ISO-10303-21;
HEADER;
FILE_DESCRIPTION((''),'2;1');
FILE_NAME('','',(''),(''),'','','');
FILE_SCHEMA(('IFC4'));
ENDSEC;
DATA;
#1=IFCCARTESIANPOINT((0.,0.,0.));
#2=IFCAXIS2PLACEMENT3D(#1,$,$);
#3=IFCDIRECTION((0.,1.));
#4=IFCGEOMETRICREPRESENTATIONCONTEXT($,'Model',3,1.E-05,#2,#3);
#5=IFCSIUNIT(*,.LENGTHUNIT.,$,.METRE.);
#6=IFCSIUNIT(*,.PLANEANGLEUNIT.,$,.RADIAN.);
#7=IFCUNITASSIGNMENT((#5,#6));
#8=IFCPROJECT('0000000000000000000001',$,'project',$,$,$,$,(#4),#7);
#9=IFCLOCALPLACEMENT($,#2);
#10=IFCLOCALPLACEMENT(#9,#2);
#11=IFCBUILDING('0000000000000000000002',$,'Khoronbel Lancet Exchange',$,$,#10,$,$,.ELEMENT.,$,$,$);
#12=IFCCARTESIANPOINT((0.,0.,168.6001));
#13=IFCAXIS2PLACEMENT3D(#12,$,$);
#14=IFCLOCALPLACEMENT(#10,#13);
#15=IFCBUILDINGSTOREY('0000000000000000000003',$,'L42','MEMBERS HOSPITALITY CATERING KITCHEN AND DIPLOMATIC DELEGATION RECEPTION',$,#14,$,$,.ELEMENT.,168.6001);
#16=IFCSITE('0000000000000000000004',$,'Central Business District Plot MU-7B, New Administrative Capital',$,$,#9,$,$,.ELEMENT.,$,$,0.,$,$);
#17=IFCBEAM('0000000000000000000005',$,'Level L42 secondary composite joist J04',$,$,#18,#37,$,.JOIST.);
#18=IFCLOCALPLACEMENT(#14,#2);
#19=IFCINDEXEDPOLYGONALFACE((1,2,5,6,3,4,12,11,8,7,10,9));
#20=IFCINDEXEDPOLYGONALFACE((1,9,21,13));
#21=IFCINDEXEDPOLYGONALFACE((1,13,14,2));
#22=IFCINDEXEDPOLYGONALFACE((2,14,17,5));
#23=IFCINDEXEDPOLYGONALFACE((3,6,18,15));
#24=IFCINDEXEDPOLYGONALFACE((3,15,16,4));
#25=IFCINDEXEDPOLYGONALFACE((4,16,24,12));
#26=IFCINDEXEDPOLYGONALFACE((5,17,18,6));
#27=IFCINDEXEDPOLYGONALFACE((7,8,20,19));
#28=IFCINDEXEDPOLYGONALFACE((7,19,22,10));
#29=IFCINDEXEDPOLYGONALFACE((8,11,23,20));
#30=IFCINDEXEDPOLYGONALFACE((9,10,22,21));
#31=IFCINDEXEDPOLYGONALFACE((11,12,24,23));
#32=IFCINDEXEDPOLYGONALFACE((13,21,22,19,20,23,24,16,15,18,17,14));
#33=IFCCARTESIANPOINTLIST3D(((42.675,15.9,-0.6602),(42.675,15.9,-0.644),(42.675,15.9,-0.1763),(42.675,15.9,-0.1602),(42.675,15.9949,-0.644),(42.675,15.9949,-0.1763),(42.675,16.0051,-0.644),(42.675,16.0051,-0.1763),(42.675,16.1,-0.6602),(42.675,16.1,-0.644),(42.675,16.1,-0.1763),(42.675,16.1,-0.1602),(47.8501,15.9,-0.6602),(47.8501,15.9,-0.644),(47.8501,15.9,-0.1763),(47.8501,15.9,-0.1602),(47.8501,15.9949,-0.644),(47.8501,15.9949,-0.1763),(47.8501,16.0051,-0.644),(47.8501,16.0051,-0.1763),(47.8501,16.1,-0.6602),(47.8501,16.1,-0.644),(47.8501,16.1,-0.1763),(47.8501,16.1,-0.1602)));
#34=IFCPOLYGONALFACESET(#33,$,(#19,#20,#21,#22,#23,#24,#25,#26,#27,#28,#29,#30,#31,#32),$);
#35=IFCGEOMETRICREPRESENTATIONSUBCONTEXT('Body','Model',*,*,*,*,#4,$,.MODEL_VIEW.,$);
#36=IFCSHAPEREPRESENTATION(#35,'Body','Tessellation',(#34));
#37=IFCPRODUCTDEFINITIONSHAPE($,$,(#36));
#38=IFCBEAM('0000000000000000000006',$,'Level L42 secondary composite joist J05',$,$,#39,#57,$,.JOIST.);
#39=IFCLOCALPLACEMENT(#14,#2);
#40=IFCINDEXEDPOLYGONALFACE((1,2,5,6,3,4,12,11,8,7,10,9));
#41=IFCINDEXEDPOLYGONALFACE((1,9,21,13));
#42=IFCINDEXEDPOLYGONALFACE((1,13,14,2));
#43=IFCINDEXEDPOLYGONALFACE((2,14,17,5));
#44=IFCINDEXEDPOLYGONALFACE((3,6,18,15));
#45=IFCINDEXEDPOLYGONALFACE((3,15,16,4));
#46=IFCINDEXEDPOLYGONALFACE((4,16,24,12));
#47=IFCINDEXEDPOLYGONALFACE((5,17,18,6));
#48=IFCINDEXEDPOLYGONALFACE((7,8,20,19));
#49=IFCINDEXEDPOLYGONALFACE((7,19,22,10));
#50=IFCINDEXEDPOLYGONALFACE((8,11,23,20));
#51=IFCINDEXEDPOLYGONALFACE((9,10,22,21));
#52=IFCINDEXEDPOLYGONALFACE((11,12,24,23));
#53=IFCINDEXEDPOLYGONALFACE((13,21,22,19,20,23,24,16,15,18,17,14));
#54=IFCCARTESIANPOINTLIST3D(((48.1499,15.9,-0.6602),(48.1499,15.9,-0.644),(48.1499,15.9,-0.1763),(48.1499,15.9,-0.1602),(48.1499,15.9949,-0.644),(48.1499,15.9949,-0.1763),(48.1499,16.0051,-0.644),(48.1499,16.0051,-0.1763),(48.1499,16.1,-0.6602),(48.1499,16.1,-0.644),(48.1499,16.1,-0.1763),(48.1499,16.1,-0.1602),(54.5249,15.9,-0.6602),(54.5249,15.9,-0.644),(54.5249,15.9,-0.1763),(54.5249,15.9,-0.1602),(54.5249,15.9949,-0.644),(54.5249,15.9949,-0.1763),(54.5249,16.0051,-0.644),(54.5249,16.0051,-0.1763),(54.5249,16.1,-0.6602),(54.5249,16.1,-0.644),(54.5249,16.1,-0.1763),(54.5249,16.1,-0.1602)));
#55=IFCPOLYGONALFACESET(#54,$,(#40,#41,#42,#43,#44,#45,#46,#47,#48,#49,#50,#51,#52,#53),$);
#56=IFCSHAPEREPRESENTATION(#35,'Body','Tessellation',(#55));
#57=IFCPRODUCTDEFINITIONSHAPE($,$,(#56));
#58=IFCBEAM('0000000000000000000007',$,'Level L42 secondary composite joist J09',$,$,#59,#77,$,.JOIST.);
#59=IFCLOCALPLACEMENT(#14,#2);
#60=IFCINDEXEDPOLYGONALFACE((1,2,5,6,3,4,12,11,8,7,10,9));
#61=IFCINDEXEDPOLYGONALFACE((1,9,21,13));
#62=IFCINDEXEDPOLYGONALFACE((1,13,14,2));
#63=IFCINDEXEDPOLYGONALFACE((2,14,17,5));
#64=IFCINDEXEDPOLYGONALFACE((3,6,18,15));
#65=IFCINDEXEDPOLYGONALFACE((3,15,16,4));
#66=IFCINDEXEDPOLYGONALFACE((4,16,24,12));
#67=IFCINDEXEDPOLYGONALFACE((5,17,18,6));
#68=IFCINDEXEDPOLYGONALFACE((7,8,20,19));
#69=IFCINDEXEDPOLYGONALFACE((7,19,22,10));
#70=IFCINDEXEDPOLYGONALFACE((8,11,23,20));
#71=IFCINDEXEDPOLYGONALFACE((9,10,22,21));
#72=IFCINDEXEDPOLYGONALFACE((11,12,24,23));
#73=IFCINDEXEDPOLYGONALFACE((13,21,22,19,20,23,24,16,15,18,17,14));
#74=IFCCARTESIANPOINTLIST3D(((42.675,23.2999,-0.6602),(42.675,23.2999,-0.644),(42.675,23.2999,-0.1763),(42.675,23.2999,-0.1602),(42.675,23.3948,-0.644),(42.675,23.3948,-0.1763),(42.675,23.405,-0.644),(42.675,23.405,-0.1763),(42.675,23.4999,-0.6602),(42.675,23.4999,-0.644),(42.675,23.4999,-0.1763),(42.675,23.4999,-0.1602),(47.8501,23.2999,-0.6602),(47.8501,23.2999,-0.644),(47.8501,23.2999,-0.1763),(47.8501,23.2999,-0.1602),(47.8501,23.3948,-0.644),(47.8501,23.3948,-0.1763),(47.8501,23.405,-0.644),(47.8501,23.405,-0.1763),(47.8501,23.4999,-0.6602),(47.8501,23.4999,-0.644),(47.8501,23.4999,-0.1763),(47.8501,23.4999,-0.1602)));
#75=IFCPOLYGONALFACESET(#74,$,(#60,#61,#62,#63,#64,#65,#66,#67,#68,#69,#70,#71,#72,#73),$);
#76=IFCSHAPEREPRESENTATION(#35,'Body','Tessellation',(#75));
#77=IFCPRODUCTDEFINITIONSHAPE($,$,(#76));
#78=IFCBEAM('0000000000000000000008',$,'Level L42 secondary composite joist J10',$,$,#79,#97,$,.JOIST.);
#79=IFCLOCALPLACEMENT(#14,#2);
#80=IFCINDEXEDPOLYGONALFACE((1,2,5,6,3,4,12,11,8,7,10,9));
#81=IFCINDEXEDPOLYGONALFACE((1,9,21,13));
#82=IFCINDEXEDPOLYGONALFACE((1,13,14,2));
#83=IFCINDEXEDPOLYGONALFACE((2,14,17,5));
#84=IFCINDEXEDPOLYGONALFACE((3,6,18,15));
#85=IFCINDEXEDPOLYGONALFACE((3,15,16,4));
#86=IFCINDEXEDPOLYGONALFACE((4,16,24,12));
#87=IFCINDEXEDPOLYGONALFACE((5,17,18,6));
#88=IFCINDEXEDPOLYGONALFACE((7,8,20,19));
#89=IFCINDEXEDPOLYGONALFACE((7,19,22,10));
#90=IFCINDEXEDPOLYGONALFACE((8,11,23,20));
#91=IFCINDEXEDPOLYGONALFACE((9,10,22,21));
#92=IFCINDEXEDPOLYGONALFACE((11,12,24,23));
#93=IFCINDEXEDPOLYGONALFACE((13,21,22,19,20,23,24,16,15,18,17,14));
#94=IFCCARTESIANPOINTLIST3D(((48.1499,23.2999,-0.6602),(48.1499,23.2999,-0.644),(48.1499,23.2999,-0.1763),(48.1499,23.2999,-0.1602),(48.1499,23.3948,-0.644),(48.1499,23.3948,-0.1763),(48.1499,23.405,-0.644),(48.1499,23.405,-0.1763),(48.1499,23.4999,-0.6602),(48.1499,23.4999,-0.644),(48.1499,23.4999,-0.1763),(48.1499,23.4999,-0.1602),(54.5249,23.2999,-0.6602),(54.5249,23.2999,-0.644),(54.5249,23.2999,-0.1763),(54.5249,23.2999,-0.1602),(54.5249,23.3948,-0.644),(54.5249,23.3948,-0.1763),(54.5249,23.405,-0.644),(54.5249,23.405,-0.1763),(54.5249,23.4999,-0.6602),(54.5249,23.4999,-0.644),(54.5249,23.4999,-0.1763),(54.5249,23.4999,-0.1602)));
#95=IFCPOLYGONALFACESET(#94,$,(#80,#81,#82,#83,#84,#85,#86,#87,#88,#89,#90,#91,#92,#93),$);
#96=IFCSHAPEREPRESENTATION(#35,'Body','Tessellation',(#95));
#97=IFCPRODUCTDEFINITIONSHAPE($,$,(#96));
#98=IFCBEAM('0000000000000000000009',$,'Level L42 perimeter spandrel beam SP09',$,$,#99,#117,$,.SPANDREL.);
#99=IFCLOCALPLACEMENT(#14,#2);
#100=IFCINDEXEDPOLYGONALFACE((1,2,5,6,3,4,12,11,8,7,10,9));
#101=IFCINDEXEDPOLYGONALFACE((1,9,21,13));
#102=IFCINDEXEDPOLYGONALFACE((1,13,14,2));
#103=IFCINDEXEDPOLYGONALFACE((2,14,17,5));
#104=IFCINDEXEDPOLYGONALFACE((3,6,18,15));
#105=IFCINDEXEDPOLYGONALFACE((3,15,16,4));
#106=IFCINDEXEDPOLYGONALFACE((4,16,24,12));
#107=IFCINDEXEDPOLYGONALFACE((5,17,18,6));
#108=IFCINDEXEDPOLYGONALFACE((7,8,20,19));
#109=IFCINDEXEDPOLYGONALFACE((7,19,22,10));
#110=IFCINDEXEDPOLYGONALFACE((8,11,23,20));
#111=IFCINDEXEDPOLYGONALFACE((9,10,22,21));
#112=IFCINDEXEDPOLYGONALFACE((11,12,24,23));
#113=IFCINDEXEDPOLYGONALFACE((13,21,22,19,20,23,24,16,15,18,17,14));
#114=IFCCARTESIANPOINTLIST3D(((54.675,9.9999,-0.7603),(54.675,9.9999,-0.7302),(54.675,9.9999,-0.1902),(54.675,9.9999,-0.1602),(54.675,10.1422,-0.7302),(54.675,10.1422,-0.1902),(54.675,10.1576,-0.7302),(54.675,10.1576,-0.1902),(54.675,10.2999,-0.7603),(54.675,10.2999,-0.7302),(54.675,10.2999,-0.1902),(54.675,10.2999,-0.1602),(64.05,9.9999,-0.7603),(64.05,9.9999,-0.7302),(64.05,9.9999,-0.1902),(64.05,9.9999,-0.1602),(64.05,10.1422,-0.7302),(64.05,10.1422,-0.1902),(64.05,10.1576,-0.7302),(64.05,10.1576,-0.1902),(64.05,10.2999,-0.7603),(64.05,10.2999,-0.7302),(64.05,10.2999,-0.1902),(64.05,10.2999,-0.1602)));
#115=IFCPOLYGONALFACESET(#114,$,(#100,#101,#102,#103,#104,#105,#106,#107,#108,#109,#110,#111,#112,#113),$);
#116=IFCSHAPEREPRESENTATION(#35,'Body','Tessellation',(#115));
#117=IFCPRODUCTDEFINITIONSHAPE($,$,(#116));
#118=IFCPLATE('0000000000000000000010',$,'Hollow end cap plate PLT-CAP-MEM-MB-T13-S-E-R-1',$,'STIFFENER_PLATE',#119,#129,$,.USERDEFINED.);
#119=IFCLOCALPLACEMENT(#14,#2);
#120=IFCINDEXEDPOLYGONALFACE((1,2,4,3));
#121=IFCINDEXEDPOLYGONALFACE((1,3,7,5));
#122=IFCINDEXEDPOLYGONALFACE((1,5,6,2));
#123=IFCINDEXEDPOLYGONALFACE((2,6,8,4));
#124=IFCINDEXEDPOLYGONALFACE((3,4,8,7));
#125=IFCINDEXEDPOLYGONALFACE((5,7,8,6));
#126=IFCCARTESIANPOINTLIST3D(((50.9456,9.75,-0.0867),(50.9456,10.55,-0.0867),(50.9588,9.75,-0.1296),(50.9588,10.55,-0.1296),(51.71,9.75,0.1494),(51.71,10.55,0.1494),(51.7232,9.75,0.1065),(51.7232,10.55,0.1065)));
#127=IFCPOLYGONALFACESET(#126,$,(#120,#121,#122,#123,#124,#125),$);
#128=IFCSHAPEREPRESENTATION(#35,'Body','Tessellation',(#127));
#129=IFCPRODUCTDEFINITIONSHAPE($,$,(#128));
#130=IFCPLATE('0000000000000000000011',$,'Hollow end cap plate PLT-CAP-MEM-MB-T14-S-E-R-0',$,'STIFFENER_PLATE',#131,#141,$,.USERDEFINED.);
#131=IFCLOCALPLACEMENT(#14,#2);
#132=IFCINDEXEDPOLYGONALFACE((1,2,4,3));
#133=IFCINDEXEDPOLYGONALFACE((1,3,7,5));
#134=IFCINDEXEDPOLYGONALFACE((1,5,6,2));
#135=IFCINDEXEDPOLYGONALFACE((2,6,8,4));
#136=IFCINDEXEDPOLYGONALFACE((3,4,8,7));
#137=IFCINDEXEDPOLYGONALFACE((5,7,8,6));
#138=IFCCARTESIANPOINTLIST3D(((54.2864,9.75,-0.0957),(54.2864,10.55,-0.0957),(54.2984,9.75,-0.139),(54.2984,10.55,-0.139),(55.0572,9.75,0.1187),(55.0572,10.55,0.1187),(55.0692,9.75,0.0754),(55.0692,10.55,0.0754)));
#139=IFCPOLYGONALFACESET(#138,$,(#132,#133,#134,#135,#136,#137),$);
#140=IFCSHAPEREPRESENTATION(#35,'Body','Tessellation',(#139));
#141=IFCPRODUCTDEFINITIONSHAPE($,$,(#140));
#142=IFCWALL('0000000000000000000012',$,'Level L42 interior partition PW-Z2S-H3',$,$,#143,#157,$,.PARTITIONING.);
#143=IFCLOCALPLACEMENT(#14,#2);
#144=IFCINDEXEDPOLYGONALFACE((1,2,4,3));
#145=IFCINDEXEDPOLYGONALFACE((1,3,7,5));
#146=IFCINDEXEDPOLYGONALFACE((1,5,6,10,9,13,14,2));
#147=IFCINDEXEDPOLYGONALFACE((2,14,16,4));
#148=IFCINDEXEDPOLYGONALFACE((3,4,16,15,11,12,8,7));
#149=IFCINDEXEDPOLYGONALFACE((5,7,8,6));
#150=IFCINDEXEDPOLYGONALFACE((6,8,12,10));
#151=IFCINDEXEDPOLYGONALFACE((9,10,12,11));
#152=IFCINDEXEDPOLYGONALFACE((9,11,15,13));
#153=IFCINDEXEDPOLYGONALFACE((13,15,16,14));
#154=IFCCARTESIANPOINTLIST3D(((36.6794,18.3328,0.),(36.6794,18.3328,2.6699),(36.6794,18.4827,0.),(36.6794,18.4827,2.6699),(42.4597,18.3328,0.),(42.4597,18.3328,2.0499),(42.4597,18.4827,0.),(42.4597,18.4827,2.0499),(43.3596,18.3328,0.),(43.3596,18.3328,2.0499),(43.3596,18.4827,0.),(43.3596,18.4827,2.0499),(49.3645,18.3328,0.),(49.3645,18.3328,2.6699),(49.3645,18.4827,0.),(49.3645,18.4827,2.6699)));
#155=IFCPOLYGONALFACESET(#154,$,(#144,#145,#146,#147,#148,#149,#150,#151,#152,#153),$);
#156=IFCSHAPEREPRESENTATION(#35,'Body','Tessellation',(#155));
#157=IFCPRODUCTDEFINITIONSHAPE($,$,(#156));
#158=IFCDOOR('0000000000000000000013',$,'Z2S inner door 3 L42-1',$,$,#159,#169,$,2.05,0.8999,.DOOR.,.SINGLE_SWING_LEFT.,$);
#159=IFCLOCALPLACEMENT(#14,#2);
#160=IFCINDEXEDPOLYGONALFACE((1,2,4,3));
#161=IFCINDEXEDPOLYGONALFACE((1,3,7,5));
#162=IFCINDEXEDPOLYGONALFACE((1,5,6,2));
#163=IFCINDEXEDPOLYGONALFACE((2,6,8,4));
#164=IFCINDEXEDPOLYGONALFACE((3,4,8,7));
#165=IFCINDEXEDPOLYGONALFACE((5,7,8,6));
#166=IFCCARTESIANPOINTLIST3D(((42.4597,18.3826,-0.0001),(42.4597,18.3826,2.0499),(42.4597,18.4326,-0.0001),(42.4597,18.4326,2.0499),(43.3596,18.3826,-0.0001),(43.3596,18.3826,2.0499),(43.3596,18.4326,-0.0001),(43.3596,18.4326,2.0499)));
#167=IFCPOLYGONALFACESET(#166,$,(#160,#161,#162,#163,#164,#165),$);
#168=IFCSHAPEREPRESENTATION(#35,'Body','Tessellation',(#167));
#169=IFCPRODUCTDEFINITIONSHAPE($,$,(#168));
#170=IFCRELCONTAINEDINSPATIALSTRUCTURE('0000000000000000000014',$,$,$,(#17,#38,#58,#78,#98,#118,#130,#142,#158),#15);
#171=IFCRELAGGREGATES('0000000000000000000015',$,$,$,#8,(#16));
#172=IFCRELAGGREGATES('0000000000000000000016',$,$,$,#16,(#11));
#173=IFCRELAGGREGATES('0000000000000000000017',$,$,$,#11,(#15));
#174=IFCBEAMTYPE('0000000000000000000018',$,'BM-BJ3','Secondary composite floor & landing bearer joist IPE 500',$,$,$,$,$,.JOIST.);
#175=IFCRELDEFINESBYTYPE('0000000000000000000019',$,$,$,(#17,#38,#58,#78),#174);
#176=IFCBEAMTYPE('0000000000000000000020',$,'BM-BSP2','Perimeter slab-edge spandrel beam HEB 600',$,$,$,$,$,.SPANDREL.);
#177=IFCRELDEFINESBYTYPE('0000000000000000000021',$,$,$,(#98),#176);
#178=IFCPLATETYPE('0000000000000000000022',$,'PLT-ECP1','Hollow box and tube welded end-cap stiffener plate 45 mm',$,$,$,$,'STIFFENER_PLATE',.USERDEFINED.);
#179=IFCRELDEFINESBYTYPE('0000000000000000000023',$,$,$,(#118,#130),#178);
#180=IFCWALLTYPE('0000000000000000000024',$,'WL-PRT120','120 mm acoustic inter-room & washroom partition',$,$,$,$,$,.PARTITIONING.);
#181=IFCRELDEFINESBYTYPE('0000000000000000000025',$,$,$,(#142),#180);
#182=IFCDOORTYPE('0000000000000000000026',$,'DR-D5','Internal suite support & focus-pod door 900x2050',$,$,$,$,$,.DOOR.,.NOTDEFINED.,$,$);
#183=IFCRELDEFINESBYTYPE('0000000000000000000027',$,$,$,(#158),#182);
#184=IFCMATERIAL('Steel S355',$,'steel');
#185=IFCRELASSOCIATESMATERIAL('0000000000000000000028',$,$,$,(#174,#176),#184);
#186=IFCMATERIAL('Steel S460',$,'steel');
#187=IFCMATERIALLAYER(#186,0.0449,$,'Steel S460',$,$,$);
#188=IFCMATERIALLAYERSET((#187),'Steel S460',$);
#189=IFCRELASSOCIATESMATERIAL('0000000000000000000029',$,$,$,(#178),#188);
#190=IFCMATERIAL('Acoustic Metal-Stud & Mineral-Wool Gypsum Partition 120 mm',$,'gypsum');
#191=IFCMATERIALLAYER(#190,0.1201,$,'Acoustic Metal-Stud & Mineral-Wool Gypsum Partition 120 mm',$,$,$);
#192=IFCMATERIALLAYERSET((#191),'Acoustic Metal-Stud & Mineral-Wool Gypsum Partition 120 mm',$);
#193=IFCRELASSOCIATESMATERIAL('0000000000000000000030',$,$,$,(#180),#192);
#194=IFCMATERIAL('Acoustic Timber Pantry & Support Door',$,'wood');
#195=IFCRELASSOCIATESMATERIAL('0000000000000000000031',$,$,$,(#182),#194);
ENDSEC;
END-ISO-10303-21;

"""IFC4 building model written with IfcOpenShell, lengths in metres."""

from ifc_helpers import new_model, si_unit, direction, frame, frame_2d, origin, origin_2d, place, context, subcontext, project, spatial, polyline, rectangle, i_section, outline, extrude, material, layer, layer_set, material_profile, profile_set, type_object, element, fill, save


model = new_model("IFC4")

# Units and contexts
model_context = context("Model", 3, precision=1e-05, world=origin(), true_north=direction((0.0, 1.0)))
body_context = subcontext(model_context, "Body", "Model", "MODEL_VIEW")
ifc_project = project(units=[si_unit("LENGTHUNIT", "METRE"), si_unit("PLANEANGLEUNIT", "RADIAN")], contexts=[model_context])

# Site, building, storey
site_placement = place(None, origin())
site = spatial("IfcSite", under=ifc_project, at=site_placement, Name="Central Business District Plot MU-7B, New Administrative Capital", CompositionType="ELEMENT", RefElevation=0.0)
building_placement = place(site_placement, origin())
building = spatial("IfcBuilding", under=site, at=building_placement, Name="Khoronbel Lancet Exchange", CompositionType="ELEMENT")
storey_placement = place(building_placement, frame((0.0, 0.0, 168.6001)))
storey = spatial("IfcBuildingStorey", under=building, at=storey_placement, Name="L42", Description="MEMBERS HOSPITALITY CATERING KITCHEN AND DIPLOMATIC DELEGATION RECEPTION", CompositionType="ELEMENT", Elevation=168.6001)

# Beams
ifc_material_1 = material(Name="Steel S355", Category="steel")
ifc_material_profile_1 = material_profile(ifc_material_1, i_section(OverallWidth=0.2, OverallDepth=0.5, WebThickness=0.0103, FlangeThickness=0.0161, at=origin_2d()), Name="IPE 500")
ifc_profile_set_1 = profile_set([ifc_material_profile_1], Name="Steel S355")
beam_type_1 = type_object("IfcBeamType", Name="BM-BJ3", Description="Secondary composite floor & landing bearer joist IPE 500", PredefinedType="JOIST", material=ifc_profile_set_1)
beam_1_placement = place(storey_placement, frame((42.675, 16.0, -0.4102), z_axis=(1.0, 0.0, 0.0), x_axis=(0.0, 1.0, 0.0)))
element("IfcBeam", 1, at=beam_1_placement, inside=storey, type_object=beam_type_1, Name="Level L42 secondary composite joist J04", PredefinedType="JOIST", context=body_context, shape_type="SweptSolid", body=[
    extrude(i_section(OverallWidth=0.2, OverallDepth=0.5, WebThickness=0.0103, FlangeThickness=0.0161, at=origin_2d()), origin(), (0.0, 0.0, 1.0), 5.175),
])
beam_2_placement = place(storey_placement, frame((48.1499, 16.0, -0.4102), z_axis=(1.0, 0.0, 0.0), x_axis=(0.0, 1.0, 0.0)))
element("IfcBeam", 2, at=beam_2_placement, inside=storey, type_object=beam_type_1, Name="Level L42 secondary composite joist J05", PredefinedType="JOIST", context=body_context, shape_type="SweptSolid", body=[
    extrude(i_section(OverallWidth=0.2, OverallDepth=0.5, WebThickness=0.0103, FlangeThickness=0.0161, at=origin_2d()), origin(), (0.0, 0.0, 1.0), 6.375),
])
beam_3_placement = place(storey_placement, frame((42.675, 23.3999, -0.4102), z_axis=(1.0, 0.0, 0.0), x_axis=(0.0, 1.0, 0.0)))
element("IfcBeam", 3, at=beam_3_placement, inside=storey, type_object=beam_type_1, Name="Level L42 secondary composite joist J09", PredefinedType="JOIST", context=body_context, shape_type="SweptSolid", body=[
    extrude(i_section(OverallWidth=0.2, OverallDepth=0.5, WebThickness=0.0103, FlangeThickness=0.0161, at=origin_2d()), origin(), (0.0, 0.0, 1.0), 5.175),
])
beam_4_placement = place(storey_placement, frame((48.1499, 23.3999, -0.4102), z_axis=(1.0, 0.0, 0.0), x_axis=(0.0, 1.0, 0.0)))
element("IfcBeam", 4, at=beam_4_placement, inside=storey, type_object=beam_type_1, Name="Level L42 secondary composite joist J10", PredefinedType="JOIST", context=body_context, shape_type="SweptSolid", body=[
    extrude(i_section(OverallWidth=0.2, OverallDepth=0.5, WebThickness=0.0103, FlangeThickness=0.0161, at=origin_2d()), origin(), (0.0, 0.0, 1.0), 6.375),
])
ifc_material_profile_2 = material_profile(ifc_material_1, i_section(OverallWidth=0.3, OverallDepth=0.6001, WebThickness=0.0154, FlangeThickness=0.03, at=origin_2d()), Name="HEB 600")
ifc_profile_set_2 = profile_set([ifc_material_profile_2], Name="Steel S355")
beam_type_2 = type_object("IfcBeamType", Name="BM-BSP2", Description="Perimeter slab-edge spandrel beam HEB 600", PredefinedType="SPANDREL", material=ifc_profile_set_2)
beam_5_placement = place(storey_placement, frame((54.675, 10.1499, -0.4602), z_axis=(1.0, 0.0, 0.0), x_axis=(0.0, 1.0, 0.0)))
element("IfcBeam", 5, at=beam_5_placement, inside=storey, type_object=beam_type_2, Name="Level L42 perimeter spandrel beam SP09", PredefinedType="SPANDREL", context=body_context, shape_type="SweptSolid", body=[
    extrude(i_section(OverallWidth=0.3, OverallDepth=0.6001, WebThickness=0.0154, FlangeThickness=0.03, at=origin_2d()), origin(), (0.0, 0.0, 1.0), 9.375),
])

# Plates
ifc_material_2 = material(Name="Steel S460", Category="steel")
ifc_layer_1 = layer(ifc_material_2, 0.0449, Name="Steel S460")
ifc_layer_set_1 = layer_set([ifc_layer_1], Name="Steel S460")
plate_type = type_object("IfcPlateType", Name="PLT-ECP1", Description="Hollow box and tube welded end-cap stiffener plate 45 mm", ElementType="STIFFENER_PLATE", PredefinedType="USERDEFINED", material=ifc_layer_set_1)
for number, where, z_axis, x_axis, name in (
    (6, (50.9456, 10.55, -0.0867), (-0.295094, 0.0, 0.955468), (0.0, -1.0, 0.0), "Hollow end cap plate PLT-CAP-MEM-MB-T13-S-E-R-1"),
    (7, (54.2864, 10.55, -0.0957), (-0.267943, 0.0, 0.963435), (0.0, -1.0, 0.0), "Hollow end cap plate PLT-CAP-MEM-MB-T14-S-E-R-0"),
):
    element("IfcPlate", number, at=place(storey_placement, frame(where, z_axis=z_axis, x_axis=x_axis)), inside=storey, type_object=plate_type, Name=name, ObjectType="STIFFENER_PLATE", PredefinedType="USERDEFINED", context=body_context, shape_type="SweptSolid", body=[
        extrude(outline(polyline([(0.0, 0.0), (0.8, 0.0), (0.8, 0.8), (0.0, 0.8), (0.0, 0.0)])), origin(), (0.0, 0.0, -1.0), 0.0449),
    ])

# Wall, opening, door
ifc_material_3 = material(Name="Acoustic Metal-Stud & Mineral-Wool Gypsum Partition 120 mm", Category="gypsum")
ifc_layer_2 = layer(ifc_material_3, 0.1201, Name="Acoustic Metal-Stud & Mineral-Wool Gypsum Partition 120 mm")
ifc_layer_set_2 = layer_set([ifc_layer_2], Name="Acoustic Metal-Stud & Mineral-Wool Gypsum Partition 120 mm")
wall_type_1 = type_object("IfcWallType", Name="WL-PRT120", Description="120 mm acoustic inter-room & washroom partition", PredefinedType="PARTITIONING", material=ifc_layer_set_2)
wall_1_placement = place(storey_placement, frame((36.6794, 18.4077, 0.0), z_axis=(0.0, 0.0, 1.0), x_axis=(1.0, 0.0, 0.0)))
wall_1 = element("IfcWall", 8, at=wall_1_placement, inside=storey, type_object=wall_type_1, Name="Level L42 interior partition PW-Z2S-H3", PredefinedType="PARTITIONING", context=body_context, shape_type="SweptSolid", body=[
    extrude(rectangle(XDim=12.6851, YDim=0.1499, at=frame_2d((6.3425, 0.0))), origin(), (0.0, 0.0, 1.0), 2.6699),
])
opening_1_placement = place(wall_1_placement, frame((5.7803, 0.0, 0.0)))
opening_1 = element("IfcOpeningElement", 9, at=opening_1_placement, cuts=wall_1, PredefinedType="OPENING", context=body_context, shape_type="SweptSolid", body=[
    extrude(rectangle(XDim=0.8999, YDim=2.05, at=frame_2d((0.45, 1.0249))), frame((0.0, 0.085, 0.0), z_axis=(0.0, -1.0, 0.0), x_axis=(1.0, 0.0, 0.0)), (0.0, 0.0, 1.0), 0.1699),
])
ifc_material_4 = material(Name="Acoustic Timber Pantry & Support Door", Category="wood")
door_type_1 = type_object("IfcDoorType", Name="DR-D5", Description="Internal suite support & focus-pod door 900x2050", OperationType="NOTDEFINED", PredefinedType="DOOR", material=ifc_material_4)
door_1_placement = place(opening_1_placement, origin())
door_1 = element("IfcDoor", 10, at=door_1_placement, inside=storey, type_object=door_type_1, Name="Z2S inner door 3 L42-1", OperationType="SINGLE_SWING_LEFT", OverallHeight=2.05, OverallWidth=0.8999, PredefinedType="DOOR", context=body_context, shape_type="SweptSolid", body=[
    extrude(rectangle(XDim=0.8999, YDim=2.05, at=frame_2d((0.45, 1.0249))), frame((0.0, 0.0249, 0.0), z_axis=(0.0, -1.0, 0.0), x_axis=(1.0, 0.0, 0.0)), (0.0, 0.0, 1.0), 0.05),
])
fill(opening_1, door_1)

save(model, "model.ifc")
